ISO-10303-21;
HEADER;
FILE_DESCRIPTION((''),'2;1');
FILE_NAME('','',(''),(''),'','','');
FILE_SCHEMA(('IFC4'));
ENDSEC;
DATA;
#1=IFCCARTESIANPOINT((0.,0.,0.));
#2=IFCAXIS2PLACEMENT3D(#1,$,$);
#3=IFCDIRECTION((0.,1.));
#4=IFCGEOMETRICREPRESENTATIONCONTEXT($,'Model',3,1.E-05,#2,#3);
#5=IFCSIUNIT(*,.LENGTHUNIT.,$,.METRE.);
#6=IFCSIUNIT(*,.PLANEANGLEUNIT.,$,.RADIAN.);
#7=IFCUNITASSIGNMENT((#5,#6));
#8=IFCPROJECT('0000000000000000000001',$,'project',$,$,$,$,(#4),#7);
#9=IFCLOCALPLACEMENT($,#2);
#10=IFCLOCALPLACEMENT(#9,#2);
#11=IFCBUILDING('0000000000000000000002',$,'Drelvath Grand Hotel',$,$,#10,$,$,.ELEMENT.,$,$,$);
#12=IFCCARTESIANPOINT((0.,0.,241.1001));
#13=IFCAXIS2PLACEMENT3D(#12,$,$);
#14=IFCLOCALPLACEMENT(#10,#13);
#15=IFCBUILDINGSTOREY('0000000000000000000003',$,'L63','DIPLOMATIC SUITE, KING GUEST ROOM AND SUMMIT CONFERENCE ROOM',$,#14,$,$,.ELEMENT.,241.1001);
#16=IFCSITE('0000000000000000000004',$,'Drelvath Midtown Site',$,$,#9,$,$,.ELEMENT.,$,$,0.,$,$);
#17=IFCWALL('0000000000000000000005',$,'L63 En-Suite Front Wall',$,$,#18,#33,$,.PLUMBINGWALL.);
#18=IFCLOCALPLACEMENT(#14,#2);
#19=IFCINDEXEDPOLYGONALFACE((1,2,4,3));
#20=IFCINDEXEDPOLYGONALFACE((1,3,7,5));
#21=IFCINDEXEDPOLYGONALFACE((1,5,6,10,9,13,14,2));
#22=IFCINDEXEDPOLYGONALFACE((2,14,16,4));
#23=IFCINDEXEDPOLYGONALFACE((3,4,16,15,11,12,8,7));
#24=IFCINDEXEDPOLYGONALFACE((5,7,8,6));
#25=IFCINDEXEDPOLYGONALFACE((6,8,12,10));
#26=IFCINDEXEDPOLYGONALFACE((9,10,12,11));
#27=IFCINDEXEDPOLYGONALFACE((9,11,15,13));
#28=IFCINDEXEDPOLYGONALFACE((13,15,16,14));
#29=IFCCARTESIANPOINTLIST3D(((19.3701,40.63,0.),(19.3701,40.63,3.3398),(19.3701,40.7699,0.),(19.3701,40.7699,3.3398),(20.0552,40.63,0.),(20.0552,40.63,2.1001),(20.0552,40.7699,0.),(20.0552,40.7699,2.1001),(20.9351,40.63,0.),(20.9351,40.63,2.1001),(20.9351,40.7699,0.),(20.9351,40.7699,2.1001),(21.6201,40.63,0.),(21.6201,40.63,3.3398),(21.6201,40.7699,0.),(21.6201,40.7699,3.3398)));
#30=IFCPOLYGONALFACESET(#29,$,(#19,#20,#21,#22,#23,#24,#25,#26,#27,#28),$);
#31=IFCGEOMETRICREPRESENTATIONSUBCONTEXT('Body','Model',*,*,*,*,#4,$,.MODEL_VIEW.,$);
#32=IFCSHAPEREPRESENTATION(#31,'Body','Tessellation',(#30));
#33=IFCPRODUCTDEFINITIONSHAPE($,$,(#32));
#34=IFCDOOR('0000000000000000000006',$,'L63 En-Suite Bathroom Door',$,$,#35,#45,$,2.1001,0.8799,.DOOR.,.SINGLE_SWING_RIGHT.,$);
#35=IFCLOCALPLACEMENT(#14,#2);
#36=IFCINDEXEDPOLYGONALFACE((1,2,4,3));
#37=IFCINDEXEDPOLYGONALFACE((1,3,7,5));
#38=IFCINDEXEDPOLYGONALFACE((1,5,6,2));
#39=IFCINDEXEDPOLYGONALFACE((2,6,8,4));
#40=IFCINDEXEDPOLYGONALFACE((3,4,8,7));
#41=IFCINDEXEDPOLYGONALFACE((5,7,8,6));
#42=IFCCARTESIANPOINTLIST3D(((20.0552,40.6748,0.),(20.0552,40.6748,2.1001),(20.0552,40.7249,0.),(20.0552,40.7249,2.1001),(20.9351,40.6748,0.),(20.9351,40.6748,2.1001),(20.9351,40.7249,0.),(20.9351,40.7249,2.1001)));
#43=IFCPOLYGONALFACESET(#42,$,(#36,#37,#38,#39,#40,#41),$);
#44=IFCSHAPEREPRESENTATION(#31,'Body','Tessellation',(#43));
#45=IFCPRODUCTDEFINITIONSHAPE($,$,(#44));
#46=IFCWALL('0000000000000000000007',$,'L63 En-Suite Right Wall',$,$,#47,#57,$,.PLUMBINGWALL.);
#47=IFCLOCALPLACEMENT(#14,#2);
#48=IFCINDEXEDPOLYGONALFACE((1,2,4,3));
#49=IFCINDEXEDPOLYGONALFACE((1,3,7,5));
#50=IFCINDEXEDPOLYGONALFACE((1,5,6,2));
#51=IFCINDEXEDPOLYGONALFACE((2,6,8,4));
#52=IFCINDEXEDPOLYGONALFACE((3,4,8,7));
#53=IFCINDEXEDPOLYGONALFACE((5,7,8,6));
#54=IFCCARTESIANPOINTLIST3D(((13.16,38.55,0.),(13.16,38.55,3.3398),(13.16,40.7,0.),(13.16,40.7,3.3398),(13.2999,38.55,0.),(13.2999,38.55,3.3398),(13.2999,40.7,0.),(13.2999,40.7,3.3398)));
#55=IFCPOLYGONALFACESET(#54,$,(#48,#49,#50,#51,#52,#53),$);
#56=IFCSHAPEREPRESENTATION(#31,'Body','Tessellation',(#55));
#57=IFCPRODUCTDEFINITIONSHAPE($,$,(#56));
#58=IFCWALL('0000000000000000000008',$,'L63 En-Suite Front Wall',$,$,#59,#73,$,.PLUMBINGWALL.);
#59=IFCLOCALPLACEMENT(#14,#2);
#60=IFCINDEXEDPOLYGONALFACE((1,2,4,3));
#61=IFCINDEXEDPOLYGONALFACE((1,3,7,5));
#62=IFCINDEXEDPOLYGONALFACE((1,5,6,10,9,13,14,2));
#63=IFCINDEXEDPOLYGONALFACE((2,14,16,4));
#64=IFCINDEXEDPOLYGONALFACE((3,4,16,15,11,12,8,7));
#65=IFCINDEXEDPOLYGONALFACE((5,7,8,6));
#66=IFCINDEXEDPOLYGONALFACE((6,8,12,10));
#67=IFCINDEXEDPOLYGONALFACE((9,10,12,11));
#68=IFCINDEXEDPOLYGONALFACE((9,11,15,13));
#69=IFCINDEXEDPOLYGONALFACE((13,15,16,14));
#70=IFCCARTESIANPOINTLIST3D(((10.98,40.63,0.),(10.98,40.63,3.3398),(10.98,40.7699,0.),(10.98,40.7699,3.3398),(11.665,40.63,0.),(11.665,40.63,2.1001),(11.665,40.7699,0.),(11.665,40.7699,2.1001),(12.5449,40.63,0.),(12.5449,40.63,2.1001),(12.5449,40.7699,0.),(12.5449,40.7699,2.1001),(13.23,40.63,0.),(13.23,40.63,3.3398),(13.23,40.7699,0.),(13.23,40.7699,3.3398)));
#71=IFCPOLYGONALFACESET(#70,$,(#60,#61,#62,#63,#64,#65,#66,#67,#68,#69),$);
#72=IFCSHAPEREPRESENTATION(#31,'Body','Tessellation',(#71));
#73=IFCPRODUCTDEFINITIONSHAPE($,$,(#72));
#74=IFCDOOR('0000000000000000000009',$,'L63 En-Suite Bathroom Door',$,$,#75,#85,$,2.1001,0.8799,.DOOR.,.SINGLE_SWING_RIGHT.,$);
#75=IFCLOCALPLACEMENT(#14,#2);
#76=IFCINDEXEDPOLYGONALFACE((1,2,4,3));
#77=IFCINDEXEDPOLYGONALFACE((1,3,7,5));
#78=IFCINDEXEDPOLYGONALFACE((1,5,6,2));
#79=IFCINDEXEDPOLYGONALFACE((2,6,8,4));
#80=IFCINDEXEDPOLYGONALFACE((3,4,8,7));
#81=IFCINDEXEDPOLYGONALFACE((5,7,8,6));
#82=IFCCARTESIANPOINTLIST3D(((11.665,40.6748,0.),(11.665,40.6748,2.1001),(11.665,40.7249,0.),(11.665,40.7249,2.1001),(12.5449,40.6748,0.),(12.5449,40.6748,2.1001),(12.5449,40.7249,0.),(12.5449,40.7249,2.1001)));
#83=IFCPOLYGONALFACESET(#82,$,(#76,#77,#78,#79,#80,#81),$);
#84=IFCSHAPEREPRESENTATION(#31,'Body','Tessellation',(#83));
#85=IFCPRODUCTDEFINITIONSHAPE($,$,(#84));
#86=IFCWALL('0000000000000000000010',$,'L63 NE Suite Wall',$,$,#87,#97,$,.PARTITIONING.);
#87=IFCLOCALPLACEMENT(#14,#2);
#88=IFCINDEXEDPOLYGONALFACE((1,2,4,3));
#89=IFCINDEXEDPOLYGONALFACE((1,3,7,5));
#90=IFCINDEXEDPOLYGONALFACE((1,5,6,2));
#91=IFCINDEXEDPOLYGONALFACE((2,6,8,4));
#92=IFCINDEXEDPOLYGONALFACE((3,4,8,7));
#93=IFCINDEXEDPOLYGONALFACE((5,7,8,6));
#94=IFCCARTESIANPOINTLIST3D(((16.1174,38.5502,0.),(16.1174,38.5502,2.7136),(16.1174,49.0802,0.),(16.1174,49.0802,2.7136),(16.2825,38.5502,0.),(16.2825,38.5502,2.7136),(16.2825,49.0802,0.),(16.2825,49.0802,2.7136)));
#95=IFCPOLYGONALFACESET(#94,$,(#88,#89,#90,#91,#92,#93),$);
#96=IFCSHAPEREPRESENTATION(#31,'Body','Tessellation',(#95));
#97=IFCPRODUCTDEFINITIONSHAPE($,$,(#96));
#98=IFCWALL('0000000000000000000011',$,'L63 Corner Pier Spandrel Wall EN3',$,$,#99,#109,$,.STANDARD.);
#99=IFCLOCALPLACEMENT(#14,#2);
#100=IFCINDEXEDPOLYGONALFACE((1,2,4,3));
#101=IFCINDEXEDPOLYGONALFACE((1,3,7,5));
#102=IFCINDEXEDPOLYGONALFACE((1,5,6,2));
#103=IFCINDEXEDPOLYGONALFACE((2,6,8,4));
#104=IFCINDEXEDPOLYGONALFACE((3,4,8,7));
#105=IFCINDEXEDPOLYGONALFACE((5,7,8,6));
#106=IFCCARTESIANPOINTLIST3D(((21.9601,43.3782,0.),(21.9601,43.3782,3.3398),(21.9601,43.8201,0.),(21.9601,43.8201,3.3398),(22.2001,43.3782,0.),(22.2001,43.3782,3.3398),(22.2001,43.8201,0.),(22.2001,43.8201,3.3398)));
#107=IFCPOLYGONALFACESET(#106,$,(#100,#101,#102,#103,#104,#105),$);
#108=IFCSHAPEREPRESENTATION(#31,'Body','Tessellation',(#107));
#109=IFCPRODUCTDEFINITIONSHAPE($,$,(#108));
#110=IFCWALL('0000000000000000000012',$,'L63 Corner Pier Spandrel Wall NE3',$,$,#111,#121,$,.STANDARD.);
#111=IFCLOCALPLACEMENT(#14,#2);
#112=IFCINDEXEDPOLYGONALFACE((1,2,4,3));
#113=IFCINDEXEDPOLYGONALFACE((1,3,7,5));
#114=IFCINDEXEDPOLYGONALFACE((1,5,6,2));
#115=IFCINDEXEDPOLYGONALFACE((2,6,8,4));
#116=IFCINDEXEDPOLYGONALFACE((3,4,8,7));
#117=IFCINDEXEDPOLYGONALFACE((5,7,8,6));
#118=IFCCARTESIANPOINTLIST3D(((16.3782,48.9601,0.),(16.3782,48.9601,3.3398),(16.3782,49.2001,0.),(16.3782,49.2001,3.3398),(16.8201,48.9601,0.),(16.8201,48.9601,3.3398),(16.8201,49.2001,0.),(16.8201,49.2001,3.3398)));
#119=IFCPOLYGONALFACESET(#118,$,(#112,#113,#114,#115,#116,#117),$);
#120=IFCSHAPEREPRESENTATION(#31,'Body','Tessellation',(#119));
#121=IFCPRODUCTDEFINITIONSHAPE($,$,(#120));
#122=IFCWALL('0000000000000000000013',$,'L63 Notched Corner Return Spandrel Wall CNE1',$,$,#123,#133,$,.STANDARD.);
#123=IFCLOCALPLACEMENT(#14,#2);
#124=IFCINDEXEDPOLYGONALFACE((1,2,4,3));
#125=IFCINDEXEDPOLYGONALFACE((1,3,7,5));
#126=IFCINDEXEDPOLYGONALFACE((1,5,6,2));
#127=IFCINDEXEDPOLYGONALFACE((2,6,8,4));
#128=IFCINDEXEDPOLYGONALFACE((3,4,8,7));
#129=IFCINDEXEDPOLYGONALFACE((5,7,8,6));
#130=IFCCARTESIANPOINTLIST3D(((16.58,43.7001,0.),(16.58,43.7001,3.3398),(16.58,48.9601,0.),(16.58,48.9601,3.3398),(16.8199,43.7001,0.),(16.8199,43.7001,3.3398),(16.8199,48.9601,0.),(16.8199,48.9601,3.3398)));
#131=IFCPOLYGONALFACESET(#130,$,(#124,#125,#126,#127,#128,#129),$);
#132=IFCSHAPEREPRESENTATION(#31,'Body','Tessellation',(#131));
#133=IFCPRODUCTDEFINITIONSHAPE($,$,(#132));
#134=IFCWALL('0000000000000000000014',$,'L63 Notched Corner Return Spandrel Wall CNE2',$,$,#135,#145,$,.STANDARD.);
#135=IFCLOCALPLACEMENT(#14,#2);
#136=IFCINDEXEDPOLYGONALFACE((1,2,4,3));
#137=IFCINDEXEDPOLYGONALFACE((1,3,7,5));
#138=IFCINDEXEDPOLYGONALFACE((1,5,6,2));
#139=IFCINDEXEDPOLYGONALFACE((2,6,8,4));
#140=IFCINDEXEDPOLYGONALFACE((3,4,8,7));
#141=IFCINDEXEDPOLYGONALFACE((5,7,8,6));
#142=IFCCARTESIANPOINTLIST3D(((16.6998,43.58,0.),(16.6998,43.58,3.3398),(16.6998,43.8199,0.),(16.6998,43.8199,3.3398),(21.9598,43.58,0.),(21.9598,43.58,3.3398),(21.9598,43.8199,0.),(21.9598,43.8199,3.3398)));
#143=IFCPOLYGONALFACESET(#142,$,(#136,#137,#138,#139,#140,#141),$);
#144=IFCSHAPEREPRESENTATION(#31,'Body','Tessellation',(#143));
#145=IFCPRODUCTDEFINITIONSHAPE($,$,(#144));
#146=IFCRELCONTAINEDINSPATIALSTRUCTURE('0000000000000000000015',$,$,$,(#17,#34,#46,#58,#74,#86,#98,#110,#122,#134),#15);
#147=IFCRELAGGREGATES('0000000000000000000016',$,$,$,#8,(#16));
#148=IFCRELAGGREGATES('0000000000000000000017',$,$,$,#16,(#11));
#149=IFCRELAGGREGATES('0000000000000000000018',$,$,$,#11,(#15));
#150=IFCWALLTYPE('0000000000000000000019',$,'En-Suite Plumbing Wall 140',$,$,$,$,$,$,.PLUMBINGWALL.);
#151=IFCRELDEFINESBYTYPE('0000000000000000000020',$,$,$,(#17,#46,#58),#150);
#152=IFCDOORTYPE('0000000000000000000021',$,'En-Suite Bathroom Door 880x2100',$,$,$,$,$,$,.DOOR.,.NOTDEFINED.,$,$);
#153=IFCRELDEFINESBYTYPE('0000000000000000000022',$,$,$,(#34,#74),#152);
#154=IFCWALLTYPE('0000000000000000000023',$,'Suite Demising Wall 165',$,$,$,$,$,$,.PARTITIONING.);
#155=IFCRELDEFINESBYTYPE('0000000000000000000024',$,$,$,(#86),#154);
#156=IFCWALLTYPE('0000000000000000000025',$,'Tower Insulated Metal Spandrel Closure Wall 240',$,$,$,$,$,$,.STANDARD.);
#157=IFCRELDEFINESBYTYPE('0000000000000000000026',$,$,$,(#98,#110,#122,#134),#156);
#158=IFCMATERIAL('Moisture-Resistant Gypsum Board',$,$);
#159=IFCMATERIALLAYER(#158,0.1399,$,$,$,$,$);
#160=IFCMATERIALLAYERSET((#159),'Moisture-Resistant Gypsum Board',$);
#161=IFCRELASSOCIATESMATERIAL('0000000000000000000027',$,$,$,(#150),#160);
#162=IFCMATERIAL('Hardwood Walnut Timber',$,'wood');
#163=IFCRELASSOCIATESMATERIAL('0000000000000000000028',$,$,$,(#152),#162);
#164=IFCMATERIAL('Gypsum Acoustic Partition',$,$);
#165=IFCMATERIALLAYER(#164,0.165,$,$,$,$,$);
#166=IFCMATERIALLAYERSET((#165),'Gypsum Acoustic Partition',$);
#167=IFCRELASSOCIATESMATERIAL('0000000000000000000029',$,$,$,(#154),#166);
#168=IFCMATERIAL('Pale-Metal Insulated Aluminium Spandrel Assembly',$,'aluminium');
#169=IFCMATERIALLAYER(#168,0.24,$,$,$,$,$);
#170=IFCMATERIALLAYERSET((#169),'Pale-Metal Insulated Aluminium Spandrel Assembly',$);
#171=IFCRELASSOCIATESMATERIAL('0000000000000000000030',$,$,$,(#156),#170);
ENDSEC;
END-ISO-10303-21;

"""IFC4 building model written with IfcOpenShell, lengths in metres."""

from ifc_helpers import new_model, si_unit, direction, frame, frame_2d, origin, place, context, subcontext, project, spatial, rectangle, extrude, material, layer, layer_set, type_object, element, fill, save


model = new_model("IFC4")

# Units and contexts
model_context = context("Model", 3, precision=1e-05, world=origin(), true_north=direction((0.0, 1.0)))
body_context = subcontext(model_context, "Body", "Model", "MODEL_VIEW")
ifc_project = project(units=[si_unit("LENGTHUNIT", "METRE"), si_unit("PLANEANGLEUNIT", "RADIAN")], contexts=[model_context])

# Site, building, storey
site_placement = place(None, origin())
site = spatial("IfcSite", under=ifc_project, at=site_placement, Name="Drelvath Midtown Site", CompositionType="ELEMENT", RefElevation=0.0)
building_placement = place(site_placement, origin())
building = spatial("IfcBuilding", under=site, at=building_placement, Name="Drelvath Grand Hotel", CompositionType="ELEMENT")
storey_placement = place(building_placement, frame((0.0, 0.0, 241.1001)))
storey = spatial("IfcBuildingStorey", under=building, at=storey_placement, Name="L63", Description="DIPLOMATIC SUITE, KING GUEST ROOM AND SUMMIT CONFERENCE ROOM", CompositionType="ELEMENT", Elevation=241.1001)

# Shared definitions
ifc_material_1 = material(Name="Moisture-Resistant Gypsum Board")
ifc_layer_1 = layer(ifc_material_1, 0.1399)
ifc_layer_set_1 = layer_set([ifc_layer_1], Name="Moisture-Resistant Gypsum Board")
wall_type_1 = type_object("IfcWallType", Name="En-Suite Plumbing Wall 140", PredefinedType="PLUMBINGWALL", material=ifc_layer_set_1)

# Wall, opening, door
wall_1_placement = place(storey_placement, frame((19.3701, 40.7, 0.0), z_axis=(0.0, 0.0, 1.0), x_axis=(1.0, 0.0, 0.0)))
wall_1 = element("IfcWall", 1, at=wall_1_placement, inside=storey, type_object=wall_type_1, Name="L63 En-Suite Front Wall", PredefinedType="PLUMBINGWALL", context=body_context, shape_type="SweptSolid", body=[
    extrude(rectangle(XDim=2.25, YDim=0.1399, at=frame_2d((1.125, 0.0))), origin(), (0.0, 0.0, 1.0), 3.3398),
])
opening_1_placement = place(wall_1_placement, frame((0.6851, 0.0, 0.0)))
opening_1 = element("IfcOpeningElement", 2, at=opening_1_placement, cuts=wall_1, PredefinedType="OPENING", context=body_context, shape_type="SweptSolid", body=[
    extrude(rectangle(XDim=0.8799, YDim=2.1001, at=frame_2d((0.4399, 1.05))), frame((0.0, 0.0798, 0.0), z_axis=(0.0, -1.0, 0.0), x_axis=(1.0, 0.0, 0.0)), (0.0, 0.0, 1.0), 0.1599),
])
ifc_material_2 = material(Name="Hardwood Walnut Timber", Category="wood")
door_type = type_object("IfcDoorType", Name="En-Suite Bathroom Door 880x2100", OperationType="NOTDEFINED", PredefinedType="DOOR", material=ifc_material_2)
door_1_placement = place(opening_1_placement, origin())
door_1 = element("IfcDoor", 3, at=door_1_placement, inside=storey, type_object=door_type, Name="L63 En-Suite Bathroom Door", OperationType="SINGLE_SWING_RIGHT", OverallHeight=2.1001, OverallWidth=0.8799, PredefinedType="DOOR", context=body_context, shape_type="SweptSolid", body=[
    extrude(rectangle(XDim=0.8799, YDim=2.1001, at=frame_2d((0.4399, 1.05))), frame((0.0, 0.0249, 0.0), z_axis=(0.0, -1.0, 0.0), x_axis=(1.0, 0.0, 0.0)), (0.0, 0.0, 1.0), 0.05),
])
fill(opening_1, door_1)

# Wall
wall_2_placement = place(storey_placement, frame((13.23, 38.55, 0.0), z_axis=(0.0, 0.0, 1.0), x_axis=(0.0, 1.0, 0.0)))
element("IfcWall", 4, at=wall_2_placement, inside=storey, type_object=wall_type_1, Name="L63 En-Suite Right Wall", PredefinedType="PLUMBINGWALL", context=body_context, shape_type="SweptSolid", body=[
    extrude(rectangle(XDim=2.1499, YDim=0.1399, at=frame_2d((1.075, 0.0))), origin(), (0.0, 0.0, 1.0), 3.3398),
])

# Wall, opening, door
wall_3_placement = place(storey_placement, frame((10.98, 40.7, 0.0), z_axis=(0.0, 0.0, 1.0), x_axis=(1.0, 0.0, 0.0)))
wall_3 = element("IfcWall", 5, at=wall_3_placement, inside=storey, type_object=wall_type_1, Name="L63 En-Suite Front Wall", PredefinedType="PLUMBINGWALL", context=body_context, shape_type="SweptSolid", body=[
    extrude(rectangle(XDim=2.25, YDim=0.1399, at=frame_2d((1.125, 0.0))), origin(), (0.0, 0.0, 1.0), 3.3398),
])
opening_2_placement = place(wall_3_placement, frame((0.6851, 0.0, 0.0)))
opening_2 = element("IfcOpeningElement", 6, at=opening_2_placement, cuts=wall_3, PredefinedType="OPENING", context=body_context, shape_type="SweptSolid", body=[
    extrude(rectangle(XDim=0.8799, YDim=2.1001, at=frame_2d((0.4399, 1.05))), frame((0.0, 0.0798, 0.0), z_axis=(0.0, -1.0, 0.0), x_axis=(1.0, 0.0, 0.0)), (0.0, 0.0, 1.0), 0.1599),
])
door_2_placement = place(opening_2_placement, origin())
door_2 = element("IfcDoor", 7, at=door_2_placement, inside=storey, type_object=door_type, Name="L63 En-Suite Bathroom Door", OperationType="SINGLE_SWING_RIGHT", OverallHeight=2.1001, OverallWidth=0.8799, PredefinedType="DOOR", context=body_context, shape_type="SweptSolid", body=[
    extrude(rectangle(XDim=0.8799, YDim=2.1001, at=frame_2d((0.4399, 1.05))), frame((0.0, 0.0249, 0.0), z_axis=(0.0, -1.0, 0.0), x_axis=(1.0, 0.0, 0.0)), (0.0, 0.0, 1.0), 0.05),
])
fill(opening_2, door_2)

# Walls
ifc_material_3 = material(Name="Gypsum Acoustic Partition")
ifc_layer_2 = layer(ifc_material_3, 0.165)
ifc_layer_set_2 = layer_set([ifc_layer_2], Name="Gypsum Acoustic Partition")
wall_type_2 = type_object("IfcWallType", Name="Suite Demising Wall 165", PredefinedType="PARTITIONING", material=ifc_layer_set_2)
wall_4_placement = place(storey_placement, frame((16.2, 38.55, 0.0), z_axis=(0.0, 0.0, 1.0), x_axis=(0.0, 1.0, 0.0)))
element("IfcWall", 8, at=wall_4_placement, inside=storey, type_object=wall_type_2, Name="L63 NE Suite Wall", PredefinedType="PARTITIONING", context=body_context, shape_type="SweptSolid", body=[
    extrude(rectangle(XDim=10.53, YDim=0.165, at=frame_2d((5.2651, 0.0))), origin(), (0.0, 0.0, 1.0), 2.7136),
])
ifc_material_4 = material(Name="Pale-Metal Insulated Aluminium Spandrel Assembly", Category="aluminium")
ifc_layer_3 = layer(ifc_material_4, 0.24)
ifc_layer_set_3 = layer_set([ifc_layer_3], Name="Pale-Metal Insulated Aluminium Spandrel Assembly")
wall_type_3 = type_object("IfcWallType", Name="Tower Insulated Metal Spandrel Closure Wall 240", PredefinedType="STANDARD", material=ifc_layer_set_3)
for number, where, z_axis, x_axis, name in (
    (9, (22.0801, 43.8201, 0.0), (0.0, 0.0, 1.0), (0.0, -1.0, 0.0), "L63 Corner Pier Spandrel Wall EN3"),
    (10, (16.3782, 49.0801, 0.0), (0.0, 0.0, 1.0), (1.0, 0.0, 0.0), "L63 Corner Pier Spandrel Wall NE3"),
):
    element("IfcWall", number, at=place(storey_placement, frame(where, z_axis=z_axis, x_axis=x_axis)), inside=storey, type_object=wall_type_3, Name=name, PredefinedType="STANDARD", context=body_context, shape_type="SweptSolid", body=[
        extrude(rectangle(XDim=0.4419, YDim=0.24, at=frame_2d((0.2209, 0.0))), origin(), (0.0, 0.0, 1.0), 3.3398),
    ])
for number, where, z_axis, x_axis, name in (
    (11, (16.7, 48.96, 0.0), (0.0, 0.0, 1.0), (0.0, -1.0, 0.0), "L63 Notched Corner Return Spandrel Wall CNE1"),
    (12, (16.7, 43.7, 0.0), (0.0, 0.0, 1.0), (1.0, 0.0, 0.0), "L63 Notched Corner Return Spandrel Wall CNE2"),
):
    element("IfcWall", number, at=place(storey_placement, frame(where, z_axis=z_axis, x_axis=x_axis)), inside=storey, type_object=wall_type_3, Name=name, PredefinedType="STANDARD", context=body_context, shape_type="SweptSolid", body=[
        extrude(rectangle(XDim=5.26, YDim=0.24, at=frame_2d((2.6299, 0.0))), origin(), (0.0, 0.0, 1.0), 3.3398),
    ])

save(model, "model.ifc")
